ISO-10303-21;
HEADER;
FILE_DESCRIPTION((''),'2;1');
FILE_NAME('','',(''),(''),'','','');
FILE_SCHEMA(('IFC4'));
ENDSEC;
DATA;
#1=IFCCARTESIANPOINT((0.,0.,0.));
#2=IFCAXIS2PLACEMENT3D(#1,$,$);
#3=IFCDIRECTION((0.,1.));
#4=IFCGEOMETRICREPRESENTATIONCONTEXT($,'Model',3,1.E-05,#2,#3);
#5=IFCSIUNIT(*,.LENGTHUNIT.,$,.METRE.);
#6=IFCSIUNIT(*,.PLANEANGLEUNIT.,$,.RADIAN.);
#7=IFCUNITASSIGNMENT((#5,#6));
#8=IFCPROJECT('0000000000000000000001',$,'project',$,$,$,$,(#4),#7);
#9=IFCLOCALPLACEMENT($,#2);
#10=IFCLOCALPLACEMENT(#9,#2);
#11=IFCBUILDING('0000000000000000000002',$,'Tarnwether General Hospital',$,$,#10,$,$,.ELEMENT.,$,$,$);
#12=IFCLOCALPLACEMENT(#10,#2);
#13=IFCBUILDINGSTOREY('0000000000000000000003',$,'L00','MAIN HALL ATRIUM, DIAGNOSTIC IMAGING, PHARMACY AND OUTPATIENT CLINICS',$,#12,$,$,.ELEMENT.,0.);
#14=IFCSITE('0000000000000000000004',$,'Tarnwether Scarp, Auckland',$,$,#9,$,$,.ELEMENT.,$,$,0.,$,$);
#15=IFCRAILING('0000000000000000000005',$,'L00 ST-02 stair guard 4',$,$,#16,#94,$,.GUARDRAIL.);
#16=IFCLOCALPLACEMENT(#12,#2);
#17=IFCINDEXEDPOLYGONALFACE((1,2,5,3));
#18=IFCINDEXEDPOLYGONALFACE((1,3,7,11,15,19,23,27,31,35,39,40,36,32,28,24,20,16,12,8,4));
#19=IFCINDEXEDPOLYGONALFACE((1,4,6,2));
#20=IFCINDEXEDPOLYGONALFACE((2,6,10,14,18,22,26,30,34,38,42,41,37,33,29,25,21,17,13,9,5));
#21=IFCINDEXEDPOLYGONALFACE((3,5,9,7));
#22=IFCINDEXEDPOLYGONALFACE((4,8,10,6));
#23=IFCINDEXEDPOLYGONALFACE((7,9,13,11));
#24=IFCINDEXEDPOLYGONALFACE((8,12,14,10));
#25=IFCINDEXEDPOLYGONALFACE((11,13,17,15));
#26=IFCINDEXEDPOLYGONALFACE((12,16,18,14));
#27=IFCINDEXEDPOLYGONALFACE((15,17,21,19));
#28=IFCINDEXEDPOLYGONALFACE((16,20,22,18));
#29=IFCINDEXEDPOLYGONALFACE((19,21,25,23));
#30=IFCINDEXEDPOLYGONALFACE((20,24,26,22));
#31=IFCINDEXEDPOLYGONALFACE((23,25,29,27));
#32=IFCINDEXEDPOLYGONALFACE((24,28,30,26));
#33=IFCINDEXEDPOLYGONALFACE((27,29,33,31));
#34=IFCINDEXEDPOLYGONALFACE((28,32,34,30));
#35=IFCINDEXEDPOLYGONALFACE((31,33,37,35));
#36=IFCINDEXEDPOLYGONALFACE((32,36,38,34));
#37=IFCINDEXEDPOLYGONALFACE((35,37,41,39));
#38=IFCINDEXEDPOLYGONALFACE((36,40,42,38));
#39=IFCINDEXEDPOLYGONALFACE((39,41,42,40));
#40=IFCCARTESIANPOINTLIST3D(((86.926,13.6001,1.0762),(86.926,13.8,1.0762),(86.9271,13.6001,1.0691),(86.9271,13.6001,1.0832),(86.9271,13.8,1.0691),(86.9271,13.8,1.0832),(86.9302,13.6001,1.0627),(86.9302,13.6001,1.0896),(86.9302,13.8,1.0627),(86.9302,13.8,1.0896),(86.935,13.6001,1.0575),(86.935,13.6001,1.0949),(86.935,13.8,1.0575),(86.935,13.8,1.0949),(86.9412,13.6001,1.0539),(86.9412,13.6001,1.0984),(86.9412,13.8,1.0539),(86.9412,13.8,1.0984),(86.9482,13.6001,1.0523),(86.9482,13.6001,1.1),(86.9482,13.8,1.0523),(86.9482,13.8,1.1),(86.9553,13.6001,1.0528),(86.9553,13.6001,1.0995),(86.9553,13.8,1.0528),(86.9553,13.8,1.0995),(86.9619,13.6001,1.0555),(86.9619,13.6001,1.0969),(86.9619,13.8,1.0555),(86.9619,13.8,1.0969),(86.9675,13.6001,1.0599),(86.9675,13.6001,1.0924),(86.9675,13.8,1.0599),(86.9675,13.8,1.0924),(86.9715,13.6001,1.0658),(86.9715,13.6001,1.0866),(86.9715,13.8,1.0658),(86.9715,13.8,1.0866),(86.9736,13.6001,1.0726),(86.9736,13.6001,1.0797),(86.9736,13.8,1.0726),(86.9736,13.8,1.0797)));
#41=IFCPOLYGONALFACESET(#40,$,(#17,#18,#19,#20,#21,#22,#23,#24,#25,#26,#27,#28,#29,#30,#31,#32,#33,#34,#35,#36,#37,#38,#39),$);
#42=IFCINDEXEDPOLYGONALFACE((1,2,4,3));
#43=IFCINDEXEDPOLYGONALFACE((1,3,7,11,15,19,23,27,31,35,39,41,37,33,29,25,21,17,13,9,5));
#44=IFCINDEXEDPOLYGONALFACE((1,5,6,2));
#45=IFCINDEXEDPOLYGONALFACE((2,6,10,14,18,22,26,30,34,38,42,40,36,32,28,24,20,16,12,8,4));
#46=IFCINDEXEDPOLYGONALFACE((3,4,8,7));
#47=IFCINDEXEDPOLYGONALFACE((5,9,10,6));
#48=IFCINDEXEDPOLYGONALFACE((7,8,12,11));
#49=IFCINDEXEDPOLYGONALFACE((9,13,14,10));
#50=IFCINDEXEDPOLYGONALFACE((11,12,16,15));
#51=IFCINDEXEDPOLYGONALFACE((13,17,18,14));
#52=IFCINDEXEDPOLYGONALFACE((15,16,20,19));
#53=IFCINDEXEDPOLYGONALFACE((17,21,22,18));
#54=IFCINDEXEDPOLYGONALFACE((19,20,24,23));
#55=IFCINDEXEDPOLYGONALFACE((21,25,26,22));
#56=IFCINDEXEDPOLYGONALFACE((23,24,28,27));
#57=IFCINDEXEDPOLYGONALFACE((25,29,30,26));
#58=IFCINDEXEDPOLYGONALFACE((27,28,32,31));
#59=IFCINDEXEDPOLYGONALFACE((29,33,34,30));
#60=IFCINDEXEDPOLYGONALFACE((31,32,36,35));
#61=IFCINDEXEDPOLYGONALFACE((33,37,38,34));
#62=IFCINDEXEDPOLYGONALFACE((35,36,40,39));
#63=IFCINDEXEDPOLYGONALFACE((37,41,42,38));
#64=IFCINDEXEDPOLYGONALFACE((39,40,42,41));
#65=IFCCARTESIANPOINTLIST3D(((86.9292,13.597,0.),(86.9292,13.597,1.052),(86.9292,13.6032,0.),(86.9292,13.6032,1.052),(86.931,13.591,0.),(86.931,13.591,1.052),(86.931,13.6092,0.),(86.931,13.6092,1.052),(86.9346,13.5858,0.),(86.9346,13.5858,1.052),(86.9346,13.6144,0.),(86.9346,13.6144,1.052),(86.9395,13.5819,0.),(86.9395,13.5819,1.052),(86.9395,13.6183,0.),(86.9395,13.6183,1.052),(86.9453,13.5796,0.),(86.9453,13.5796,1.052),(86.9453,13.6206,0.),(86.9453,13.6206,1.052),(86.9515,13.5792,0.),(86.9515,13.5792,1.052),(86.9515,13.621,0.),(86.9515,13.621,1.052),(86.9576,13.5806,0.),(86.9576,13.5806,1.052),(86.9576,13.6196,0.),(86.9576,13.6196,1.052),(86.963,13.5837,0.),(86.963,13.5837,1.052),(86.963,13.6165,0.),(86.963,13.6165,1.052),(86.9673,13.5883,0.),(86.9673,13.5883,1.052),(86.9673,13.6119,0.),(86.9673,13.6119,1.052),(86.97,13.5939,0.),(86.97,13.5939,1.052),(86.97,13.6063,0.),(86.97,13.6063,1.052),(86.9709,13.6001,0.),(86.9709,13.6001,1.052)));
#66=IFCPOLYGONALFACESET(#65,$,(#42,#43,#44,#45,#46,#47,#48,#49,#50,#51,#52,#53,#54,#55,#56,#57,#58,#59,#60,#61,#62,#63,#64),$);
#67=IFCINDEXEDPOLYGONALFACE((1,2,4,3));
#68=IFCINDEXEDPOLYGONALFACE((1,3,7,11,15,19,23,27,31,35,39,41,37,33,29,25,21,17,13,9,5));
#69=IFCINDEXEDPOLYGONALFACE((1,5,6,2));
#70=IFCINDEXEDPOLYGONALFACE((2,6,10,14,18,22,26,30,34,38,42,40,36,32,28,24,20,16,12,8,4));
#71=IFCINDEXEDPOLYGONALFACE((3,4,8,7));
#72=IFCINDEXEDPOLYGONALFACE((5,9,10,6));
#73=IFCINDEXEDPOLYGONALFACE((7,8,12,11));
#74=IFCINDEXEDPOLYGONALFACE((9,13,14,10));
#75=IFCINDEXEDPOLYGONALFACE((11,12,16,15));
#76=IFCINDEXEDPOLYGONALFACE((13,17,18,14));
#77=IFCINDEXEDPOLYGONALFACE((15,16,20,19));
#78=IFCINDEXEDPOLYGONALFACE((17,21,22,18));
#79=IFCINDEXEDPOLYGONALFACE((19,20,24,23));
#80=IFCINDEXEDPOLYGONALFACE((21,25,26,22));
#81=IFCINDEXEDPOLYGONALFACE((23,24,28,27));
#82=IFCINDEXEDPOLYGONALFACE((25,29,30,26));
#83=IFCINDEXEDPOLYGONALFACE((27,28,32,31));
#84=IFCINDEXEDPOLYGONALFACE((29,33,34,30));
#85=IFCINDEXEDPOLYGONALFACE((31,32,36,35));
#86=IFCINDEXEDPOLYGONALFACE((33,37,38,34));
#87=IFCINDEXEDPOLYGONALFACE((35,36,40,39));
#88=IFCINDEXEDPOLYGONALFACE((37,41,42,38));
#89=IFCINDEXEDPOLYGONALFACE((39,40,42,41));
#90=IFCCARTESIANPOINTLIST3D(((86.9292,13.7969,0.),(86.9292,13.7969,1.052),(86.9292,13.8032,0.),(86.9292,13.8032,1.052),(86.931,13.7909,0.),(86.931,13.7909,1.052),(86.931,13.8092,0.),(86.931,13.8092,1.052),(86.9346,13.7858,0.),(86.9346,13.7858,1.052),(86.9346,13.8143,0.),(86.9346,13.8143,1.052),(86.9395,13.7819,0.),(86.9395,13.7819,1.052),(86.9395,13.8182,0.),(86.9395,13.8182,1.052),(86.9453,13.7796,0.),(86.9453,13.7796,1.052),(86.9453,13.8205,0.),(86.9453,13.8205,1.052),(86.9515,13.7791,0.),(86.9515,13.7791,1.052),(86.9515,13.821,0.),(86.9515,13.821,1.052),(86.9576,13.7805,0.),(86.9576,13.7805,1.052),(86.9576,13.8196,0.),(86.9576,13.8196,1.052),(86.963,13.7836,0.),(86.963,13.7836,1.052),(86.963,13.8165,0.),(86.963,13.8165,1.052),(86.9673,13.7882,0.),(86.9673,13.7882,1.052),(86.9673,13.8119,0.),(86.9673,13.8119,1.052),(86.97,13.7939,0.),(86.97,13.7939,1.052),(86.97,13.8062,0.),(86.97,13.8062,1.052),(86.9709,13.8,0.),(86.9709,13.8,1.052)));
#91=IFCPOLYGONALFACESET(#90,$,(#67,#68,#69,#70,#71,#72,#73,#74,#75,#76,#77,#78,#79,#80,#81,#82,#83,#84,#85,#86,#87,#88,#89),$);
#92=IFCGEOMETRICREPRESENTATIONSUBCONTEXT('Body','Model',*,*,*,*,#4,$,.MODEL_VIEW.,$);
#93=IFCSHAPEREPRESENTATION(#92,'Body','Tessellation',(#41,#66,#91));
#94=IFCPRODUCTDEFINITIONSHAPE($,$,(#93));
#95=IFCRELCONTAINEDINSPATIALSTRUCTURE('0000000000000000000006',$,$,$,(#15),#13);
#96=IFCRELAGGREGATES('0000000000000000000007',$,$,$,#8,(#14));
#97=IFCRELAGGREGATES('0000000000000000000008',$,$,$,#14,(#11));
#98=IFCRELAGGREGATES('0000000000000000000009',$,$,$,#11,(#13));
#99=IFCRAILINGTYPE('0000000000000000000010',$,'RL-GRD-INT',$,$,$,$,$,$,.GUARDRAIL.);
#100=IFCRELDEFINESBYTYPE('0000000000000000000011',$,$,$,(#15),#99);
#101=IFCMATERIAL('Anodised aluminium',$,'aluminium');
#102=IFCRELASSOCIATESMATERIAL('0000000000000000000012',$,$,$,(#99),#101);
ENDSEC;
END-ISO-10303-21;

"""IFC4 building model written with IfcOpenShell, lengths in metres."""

from ifc_helpers import new_model, si_unit, direction, frame, origin, origin_2d, place, context, subcontext, project, spatial, circle, extrude, material, type_object, element, save


model = new_model("IFC4")

# Units and contexts
model_context = context("Model", 3, precision=1e-05, world=origin(), true_north=direction((0.0, 1.0)))
body_context = subcontext(model_context, "Body", "Model", "MODEL_VIEW")
ifc_project = project(units=[si_unit("LENGTHUNIT", "METRE"), si_unit("PLANEANGLEUNIT", "RADIAN")], contexts=[model_context])

# Site, building, storey
site_placement = place(None, origin())
site = spatial("IfcSite", under=ifc_project, at=site_placement, Name="Tarnwether Scarp, Auckland", CompositionType="ELEMENT", RefElevation=0.0)
building_placement = place(site_placement, origin())
building = spatial("IfcBuilding", under=site, at=building_placement, Name="Tarnwether General Hospital", CompositionType="ELEMENT")
storey_placement = place(building_placement, origin())
storey = spatial("IfcBuildingStorey", under=building, at=storey_placement, Name="L00", Description="MAIN HALL ATRIUM, DIAGNOSTIC IMAGING, PHARMACY AND OUTPATIENT CLINICS", CompositionType="ELEMENT", Elevation=0.0)

# Railing
ifc_material_1 = material(Name="Anodised aluminium", Category="aluminium")
railing_type_1 = type_object("IfcRailingType", Name="RL-GRD-INT", PredefinedType="GUARDRAIL", material=ifc_material_1)
railing_1_placement = place(storey_placement, frame((86.95, 13.6001, 0.0)))
element("IfcRailing", 1, at=railing_1_placement, inside=storey, type_object=railing_type_1, Name="L00 ST-02 stair guard 4", PredefinedType="GUARDRAIL", context=body_context, shape_type="SweptSolid", body=[
    extrude(circle(Radius=0.0239, at=origin_2d()), frame((0.0, 0.0, 1.0762), z_axis=(0.0, 1.0, 0.0), x_axis=(-1.0, 0.0, 0.0)), (0.0, 0.0, 1.0), 0.2),
    extrude(circle(Radius=0.021, at=origin_2d()), origin(), (0.0, 0.0, 1.0), 1.052),
    extrude(circle(Radius=0.021, at=origin_2d()), frame((0.0, 0.2, 0.0)), (0.0, 0.0, 1.0), 1.052),
])

save(model, "model.ifc")
